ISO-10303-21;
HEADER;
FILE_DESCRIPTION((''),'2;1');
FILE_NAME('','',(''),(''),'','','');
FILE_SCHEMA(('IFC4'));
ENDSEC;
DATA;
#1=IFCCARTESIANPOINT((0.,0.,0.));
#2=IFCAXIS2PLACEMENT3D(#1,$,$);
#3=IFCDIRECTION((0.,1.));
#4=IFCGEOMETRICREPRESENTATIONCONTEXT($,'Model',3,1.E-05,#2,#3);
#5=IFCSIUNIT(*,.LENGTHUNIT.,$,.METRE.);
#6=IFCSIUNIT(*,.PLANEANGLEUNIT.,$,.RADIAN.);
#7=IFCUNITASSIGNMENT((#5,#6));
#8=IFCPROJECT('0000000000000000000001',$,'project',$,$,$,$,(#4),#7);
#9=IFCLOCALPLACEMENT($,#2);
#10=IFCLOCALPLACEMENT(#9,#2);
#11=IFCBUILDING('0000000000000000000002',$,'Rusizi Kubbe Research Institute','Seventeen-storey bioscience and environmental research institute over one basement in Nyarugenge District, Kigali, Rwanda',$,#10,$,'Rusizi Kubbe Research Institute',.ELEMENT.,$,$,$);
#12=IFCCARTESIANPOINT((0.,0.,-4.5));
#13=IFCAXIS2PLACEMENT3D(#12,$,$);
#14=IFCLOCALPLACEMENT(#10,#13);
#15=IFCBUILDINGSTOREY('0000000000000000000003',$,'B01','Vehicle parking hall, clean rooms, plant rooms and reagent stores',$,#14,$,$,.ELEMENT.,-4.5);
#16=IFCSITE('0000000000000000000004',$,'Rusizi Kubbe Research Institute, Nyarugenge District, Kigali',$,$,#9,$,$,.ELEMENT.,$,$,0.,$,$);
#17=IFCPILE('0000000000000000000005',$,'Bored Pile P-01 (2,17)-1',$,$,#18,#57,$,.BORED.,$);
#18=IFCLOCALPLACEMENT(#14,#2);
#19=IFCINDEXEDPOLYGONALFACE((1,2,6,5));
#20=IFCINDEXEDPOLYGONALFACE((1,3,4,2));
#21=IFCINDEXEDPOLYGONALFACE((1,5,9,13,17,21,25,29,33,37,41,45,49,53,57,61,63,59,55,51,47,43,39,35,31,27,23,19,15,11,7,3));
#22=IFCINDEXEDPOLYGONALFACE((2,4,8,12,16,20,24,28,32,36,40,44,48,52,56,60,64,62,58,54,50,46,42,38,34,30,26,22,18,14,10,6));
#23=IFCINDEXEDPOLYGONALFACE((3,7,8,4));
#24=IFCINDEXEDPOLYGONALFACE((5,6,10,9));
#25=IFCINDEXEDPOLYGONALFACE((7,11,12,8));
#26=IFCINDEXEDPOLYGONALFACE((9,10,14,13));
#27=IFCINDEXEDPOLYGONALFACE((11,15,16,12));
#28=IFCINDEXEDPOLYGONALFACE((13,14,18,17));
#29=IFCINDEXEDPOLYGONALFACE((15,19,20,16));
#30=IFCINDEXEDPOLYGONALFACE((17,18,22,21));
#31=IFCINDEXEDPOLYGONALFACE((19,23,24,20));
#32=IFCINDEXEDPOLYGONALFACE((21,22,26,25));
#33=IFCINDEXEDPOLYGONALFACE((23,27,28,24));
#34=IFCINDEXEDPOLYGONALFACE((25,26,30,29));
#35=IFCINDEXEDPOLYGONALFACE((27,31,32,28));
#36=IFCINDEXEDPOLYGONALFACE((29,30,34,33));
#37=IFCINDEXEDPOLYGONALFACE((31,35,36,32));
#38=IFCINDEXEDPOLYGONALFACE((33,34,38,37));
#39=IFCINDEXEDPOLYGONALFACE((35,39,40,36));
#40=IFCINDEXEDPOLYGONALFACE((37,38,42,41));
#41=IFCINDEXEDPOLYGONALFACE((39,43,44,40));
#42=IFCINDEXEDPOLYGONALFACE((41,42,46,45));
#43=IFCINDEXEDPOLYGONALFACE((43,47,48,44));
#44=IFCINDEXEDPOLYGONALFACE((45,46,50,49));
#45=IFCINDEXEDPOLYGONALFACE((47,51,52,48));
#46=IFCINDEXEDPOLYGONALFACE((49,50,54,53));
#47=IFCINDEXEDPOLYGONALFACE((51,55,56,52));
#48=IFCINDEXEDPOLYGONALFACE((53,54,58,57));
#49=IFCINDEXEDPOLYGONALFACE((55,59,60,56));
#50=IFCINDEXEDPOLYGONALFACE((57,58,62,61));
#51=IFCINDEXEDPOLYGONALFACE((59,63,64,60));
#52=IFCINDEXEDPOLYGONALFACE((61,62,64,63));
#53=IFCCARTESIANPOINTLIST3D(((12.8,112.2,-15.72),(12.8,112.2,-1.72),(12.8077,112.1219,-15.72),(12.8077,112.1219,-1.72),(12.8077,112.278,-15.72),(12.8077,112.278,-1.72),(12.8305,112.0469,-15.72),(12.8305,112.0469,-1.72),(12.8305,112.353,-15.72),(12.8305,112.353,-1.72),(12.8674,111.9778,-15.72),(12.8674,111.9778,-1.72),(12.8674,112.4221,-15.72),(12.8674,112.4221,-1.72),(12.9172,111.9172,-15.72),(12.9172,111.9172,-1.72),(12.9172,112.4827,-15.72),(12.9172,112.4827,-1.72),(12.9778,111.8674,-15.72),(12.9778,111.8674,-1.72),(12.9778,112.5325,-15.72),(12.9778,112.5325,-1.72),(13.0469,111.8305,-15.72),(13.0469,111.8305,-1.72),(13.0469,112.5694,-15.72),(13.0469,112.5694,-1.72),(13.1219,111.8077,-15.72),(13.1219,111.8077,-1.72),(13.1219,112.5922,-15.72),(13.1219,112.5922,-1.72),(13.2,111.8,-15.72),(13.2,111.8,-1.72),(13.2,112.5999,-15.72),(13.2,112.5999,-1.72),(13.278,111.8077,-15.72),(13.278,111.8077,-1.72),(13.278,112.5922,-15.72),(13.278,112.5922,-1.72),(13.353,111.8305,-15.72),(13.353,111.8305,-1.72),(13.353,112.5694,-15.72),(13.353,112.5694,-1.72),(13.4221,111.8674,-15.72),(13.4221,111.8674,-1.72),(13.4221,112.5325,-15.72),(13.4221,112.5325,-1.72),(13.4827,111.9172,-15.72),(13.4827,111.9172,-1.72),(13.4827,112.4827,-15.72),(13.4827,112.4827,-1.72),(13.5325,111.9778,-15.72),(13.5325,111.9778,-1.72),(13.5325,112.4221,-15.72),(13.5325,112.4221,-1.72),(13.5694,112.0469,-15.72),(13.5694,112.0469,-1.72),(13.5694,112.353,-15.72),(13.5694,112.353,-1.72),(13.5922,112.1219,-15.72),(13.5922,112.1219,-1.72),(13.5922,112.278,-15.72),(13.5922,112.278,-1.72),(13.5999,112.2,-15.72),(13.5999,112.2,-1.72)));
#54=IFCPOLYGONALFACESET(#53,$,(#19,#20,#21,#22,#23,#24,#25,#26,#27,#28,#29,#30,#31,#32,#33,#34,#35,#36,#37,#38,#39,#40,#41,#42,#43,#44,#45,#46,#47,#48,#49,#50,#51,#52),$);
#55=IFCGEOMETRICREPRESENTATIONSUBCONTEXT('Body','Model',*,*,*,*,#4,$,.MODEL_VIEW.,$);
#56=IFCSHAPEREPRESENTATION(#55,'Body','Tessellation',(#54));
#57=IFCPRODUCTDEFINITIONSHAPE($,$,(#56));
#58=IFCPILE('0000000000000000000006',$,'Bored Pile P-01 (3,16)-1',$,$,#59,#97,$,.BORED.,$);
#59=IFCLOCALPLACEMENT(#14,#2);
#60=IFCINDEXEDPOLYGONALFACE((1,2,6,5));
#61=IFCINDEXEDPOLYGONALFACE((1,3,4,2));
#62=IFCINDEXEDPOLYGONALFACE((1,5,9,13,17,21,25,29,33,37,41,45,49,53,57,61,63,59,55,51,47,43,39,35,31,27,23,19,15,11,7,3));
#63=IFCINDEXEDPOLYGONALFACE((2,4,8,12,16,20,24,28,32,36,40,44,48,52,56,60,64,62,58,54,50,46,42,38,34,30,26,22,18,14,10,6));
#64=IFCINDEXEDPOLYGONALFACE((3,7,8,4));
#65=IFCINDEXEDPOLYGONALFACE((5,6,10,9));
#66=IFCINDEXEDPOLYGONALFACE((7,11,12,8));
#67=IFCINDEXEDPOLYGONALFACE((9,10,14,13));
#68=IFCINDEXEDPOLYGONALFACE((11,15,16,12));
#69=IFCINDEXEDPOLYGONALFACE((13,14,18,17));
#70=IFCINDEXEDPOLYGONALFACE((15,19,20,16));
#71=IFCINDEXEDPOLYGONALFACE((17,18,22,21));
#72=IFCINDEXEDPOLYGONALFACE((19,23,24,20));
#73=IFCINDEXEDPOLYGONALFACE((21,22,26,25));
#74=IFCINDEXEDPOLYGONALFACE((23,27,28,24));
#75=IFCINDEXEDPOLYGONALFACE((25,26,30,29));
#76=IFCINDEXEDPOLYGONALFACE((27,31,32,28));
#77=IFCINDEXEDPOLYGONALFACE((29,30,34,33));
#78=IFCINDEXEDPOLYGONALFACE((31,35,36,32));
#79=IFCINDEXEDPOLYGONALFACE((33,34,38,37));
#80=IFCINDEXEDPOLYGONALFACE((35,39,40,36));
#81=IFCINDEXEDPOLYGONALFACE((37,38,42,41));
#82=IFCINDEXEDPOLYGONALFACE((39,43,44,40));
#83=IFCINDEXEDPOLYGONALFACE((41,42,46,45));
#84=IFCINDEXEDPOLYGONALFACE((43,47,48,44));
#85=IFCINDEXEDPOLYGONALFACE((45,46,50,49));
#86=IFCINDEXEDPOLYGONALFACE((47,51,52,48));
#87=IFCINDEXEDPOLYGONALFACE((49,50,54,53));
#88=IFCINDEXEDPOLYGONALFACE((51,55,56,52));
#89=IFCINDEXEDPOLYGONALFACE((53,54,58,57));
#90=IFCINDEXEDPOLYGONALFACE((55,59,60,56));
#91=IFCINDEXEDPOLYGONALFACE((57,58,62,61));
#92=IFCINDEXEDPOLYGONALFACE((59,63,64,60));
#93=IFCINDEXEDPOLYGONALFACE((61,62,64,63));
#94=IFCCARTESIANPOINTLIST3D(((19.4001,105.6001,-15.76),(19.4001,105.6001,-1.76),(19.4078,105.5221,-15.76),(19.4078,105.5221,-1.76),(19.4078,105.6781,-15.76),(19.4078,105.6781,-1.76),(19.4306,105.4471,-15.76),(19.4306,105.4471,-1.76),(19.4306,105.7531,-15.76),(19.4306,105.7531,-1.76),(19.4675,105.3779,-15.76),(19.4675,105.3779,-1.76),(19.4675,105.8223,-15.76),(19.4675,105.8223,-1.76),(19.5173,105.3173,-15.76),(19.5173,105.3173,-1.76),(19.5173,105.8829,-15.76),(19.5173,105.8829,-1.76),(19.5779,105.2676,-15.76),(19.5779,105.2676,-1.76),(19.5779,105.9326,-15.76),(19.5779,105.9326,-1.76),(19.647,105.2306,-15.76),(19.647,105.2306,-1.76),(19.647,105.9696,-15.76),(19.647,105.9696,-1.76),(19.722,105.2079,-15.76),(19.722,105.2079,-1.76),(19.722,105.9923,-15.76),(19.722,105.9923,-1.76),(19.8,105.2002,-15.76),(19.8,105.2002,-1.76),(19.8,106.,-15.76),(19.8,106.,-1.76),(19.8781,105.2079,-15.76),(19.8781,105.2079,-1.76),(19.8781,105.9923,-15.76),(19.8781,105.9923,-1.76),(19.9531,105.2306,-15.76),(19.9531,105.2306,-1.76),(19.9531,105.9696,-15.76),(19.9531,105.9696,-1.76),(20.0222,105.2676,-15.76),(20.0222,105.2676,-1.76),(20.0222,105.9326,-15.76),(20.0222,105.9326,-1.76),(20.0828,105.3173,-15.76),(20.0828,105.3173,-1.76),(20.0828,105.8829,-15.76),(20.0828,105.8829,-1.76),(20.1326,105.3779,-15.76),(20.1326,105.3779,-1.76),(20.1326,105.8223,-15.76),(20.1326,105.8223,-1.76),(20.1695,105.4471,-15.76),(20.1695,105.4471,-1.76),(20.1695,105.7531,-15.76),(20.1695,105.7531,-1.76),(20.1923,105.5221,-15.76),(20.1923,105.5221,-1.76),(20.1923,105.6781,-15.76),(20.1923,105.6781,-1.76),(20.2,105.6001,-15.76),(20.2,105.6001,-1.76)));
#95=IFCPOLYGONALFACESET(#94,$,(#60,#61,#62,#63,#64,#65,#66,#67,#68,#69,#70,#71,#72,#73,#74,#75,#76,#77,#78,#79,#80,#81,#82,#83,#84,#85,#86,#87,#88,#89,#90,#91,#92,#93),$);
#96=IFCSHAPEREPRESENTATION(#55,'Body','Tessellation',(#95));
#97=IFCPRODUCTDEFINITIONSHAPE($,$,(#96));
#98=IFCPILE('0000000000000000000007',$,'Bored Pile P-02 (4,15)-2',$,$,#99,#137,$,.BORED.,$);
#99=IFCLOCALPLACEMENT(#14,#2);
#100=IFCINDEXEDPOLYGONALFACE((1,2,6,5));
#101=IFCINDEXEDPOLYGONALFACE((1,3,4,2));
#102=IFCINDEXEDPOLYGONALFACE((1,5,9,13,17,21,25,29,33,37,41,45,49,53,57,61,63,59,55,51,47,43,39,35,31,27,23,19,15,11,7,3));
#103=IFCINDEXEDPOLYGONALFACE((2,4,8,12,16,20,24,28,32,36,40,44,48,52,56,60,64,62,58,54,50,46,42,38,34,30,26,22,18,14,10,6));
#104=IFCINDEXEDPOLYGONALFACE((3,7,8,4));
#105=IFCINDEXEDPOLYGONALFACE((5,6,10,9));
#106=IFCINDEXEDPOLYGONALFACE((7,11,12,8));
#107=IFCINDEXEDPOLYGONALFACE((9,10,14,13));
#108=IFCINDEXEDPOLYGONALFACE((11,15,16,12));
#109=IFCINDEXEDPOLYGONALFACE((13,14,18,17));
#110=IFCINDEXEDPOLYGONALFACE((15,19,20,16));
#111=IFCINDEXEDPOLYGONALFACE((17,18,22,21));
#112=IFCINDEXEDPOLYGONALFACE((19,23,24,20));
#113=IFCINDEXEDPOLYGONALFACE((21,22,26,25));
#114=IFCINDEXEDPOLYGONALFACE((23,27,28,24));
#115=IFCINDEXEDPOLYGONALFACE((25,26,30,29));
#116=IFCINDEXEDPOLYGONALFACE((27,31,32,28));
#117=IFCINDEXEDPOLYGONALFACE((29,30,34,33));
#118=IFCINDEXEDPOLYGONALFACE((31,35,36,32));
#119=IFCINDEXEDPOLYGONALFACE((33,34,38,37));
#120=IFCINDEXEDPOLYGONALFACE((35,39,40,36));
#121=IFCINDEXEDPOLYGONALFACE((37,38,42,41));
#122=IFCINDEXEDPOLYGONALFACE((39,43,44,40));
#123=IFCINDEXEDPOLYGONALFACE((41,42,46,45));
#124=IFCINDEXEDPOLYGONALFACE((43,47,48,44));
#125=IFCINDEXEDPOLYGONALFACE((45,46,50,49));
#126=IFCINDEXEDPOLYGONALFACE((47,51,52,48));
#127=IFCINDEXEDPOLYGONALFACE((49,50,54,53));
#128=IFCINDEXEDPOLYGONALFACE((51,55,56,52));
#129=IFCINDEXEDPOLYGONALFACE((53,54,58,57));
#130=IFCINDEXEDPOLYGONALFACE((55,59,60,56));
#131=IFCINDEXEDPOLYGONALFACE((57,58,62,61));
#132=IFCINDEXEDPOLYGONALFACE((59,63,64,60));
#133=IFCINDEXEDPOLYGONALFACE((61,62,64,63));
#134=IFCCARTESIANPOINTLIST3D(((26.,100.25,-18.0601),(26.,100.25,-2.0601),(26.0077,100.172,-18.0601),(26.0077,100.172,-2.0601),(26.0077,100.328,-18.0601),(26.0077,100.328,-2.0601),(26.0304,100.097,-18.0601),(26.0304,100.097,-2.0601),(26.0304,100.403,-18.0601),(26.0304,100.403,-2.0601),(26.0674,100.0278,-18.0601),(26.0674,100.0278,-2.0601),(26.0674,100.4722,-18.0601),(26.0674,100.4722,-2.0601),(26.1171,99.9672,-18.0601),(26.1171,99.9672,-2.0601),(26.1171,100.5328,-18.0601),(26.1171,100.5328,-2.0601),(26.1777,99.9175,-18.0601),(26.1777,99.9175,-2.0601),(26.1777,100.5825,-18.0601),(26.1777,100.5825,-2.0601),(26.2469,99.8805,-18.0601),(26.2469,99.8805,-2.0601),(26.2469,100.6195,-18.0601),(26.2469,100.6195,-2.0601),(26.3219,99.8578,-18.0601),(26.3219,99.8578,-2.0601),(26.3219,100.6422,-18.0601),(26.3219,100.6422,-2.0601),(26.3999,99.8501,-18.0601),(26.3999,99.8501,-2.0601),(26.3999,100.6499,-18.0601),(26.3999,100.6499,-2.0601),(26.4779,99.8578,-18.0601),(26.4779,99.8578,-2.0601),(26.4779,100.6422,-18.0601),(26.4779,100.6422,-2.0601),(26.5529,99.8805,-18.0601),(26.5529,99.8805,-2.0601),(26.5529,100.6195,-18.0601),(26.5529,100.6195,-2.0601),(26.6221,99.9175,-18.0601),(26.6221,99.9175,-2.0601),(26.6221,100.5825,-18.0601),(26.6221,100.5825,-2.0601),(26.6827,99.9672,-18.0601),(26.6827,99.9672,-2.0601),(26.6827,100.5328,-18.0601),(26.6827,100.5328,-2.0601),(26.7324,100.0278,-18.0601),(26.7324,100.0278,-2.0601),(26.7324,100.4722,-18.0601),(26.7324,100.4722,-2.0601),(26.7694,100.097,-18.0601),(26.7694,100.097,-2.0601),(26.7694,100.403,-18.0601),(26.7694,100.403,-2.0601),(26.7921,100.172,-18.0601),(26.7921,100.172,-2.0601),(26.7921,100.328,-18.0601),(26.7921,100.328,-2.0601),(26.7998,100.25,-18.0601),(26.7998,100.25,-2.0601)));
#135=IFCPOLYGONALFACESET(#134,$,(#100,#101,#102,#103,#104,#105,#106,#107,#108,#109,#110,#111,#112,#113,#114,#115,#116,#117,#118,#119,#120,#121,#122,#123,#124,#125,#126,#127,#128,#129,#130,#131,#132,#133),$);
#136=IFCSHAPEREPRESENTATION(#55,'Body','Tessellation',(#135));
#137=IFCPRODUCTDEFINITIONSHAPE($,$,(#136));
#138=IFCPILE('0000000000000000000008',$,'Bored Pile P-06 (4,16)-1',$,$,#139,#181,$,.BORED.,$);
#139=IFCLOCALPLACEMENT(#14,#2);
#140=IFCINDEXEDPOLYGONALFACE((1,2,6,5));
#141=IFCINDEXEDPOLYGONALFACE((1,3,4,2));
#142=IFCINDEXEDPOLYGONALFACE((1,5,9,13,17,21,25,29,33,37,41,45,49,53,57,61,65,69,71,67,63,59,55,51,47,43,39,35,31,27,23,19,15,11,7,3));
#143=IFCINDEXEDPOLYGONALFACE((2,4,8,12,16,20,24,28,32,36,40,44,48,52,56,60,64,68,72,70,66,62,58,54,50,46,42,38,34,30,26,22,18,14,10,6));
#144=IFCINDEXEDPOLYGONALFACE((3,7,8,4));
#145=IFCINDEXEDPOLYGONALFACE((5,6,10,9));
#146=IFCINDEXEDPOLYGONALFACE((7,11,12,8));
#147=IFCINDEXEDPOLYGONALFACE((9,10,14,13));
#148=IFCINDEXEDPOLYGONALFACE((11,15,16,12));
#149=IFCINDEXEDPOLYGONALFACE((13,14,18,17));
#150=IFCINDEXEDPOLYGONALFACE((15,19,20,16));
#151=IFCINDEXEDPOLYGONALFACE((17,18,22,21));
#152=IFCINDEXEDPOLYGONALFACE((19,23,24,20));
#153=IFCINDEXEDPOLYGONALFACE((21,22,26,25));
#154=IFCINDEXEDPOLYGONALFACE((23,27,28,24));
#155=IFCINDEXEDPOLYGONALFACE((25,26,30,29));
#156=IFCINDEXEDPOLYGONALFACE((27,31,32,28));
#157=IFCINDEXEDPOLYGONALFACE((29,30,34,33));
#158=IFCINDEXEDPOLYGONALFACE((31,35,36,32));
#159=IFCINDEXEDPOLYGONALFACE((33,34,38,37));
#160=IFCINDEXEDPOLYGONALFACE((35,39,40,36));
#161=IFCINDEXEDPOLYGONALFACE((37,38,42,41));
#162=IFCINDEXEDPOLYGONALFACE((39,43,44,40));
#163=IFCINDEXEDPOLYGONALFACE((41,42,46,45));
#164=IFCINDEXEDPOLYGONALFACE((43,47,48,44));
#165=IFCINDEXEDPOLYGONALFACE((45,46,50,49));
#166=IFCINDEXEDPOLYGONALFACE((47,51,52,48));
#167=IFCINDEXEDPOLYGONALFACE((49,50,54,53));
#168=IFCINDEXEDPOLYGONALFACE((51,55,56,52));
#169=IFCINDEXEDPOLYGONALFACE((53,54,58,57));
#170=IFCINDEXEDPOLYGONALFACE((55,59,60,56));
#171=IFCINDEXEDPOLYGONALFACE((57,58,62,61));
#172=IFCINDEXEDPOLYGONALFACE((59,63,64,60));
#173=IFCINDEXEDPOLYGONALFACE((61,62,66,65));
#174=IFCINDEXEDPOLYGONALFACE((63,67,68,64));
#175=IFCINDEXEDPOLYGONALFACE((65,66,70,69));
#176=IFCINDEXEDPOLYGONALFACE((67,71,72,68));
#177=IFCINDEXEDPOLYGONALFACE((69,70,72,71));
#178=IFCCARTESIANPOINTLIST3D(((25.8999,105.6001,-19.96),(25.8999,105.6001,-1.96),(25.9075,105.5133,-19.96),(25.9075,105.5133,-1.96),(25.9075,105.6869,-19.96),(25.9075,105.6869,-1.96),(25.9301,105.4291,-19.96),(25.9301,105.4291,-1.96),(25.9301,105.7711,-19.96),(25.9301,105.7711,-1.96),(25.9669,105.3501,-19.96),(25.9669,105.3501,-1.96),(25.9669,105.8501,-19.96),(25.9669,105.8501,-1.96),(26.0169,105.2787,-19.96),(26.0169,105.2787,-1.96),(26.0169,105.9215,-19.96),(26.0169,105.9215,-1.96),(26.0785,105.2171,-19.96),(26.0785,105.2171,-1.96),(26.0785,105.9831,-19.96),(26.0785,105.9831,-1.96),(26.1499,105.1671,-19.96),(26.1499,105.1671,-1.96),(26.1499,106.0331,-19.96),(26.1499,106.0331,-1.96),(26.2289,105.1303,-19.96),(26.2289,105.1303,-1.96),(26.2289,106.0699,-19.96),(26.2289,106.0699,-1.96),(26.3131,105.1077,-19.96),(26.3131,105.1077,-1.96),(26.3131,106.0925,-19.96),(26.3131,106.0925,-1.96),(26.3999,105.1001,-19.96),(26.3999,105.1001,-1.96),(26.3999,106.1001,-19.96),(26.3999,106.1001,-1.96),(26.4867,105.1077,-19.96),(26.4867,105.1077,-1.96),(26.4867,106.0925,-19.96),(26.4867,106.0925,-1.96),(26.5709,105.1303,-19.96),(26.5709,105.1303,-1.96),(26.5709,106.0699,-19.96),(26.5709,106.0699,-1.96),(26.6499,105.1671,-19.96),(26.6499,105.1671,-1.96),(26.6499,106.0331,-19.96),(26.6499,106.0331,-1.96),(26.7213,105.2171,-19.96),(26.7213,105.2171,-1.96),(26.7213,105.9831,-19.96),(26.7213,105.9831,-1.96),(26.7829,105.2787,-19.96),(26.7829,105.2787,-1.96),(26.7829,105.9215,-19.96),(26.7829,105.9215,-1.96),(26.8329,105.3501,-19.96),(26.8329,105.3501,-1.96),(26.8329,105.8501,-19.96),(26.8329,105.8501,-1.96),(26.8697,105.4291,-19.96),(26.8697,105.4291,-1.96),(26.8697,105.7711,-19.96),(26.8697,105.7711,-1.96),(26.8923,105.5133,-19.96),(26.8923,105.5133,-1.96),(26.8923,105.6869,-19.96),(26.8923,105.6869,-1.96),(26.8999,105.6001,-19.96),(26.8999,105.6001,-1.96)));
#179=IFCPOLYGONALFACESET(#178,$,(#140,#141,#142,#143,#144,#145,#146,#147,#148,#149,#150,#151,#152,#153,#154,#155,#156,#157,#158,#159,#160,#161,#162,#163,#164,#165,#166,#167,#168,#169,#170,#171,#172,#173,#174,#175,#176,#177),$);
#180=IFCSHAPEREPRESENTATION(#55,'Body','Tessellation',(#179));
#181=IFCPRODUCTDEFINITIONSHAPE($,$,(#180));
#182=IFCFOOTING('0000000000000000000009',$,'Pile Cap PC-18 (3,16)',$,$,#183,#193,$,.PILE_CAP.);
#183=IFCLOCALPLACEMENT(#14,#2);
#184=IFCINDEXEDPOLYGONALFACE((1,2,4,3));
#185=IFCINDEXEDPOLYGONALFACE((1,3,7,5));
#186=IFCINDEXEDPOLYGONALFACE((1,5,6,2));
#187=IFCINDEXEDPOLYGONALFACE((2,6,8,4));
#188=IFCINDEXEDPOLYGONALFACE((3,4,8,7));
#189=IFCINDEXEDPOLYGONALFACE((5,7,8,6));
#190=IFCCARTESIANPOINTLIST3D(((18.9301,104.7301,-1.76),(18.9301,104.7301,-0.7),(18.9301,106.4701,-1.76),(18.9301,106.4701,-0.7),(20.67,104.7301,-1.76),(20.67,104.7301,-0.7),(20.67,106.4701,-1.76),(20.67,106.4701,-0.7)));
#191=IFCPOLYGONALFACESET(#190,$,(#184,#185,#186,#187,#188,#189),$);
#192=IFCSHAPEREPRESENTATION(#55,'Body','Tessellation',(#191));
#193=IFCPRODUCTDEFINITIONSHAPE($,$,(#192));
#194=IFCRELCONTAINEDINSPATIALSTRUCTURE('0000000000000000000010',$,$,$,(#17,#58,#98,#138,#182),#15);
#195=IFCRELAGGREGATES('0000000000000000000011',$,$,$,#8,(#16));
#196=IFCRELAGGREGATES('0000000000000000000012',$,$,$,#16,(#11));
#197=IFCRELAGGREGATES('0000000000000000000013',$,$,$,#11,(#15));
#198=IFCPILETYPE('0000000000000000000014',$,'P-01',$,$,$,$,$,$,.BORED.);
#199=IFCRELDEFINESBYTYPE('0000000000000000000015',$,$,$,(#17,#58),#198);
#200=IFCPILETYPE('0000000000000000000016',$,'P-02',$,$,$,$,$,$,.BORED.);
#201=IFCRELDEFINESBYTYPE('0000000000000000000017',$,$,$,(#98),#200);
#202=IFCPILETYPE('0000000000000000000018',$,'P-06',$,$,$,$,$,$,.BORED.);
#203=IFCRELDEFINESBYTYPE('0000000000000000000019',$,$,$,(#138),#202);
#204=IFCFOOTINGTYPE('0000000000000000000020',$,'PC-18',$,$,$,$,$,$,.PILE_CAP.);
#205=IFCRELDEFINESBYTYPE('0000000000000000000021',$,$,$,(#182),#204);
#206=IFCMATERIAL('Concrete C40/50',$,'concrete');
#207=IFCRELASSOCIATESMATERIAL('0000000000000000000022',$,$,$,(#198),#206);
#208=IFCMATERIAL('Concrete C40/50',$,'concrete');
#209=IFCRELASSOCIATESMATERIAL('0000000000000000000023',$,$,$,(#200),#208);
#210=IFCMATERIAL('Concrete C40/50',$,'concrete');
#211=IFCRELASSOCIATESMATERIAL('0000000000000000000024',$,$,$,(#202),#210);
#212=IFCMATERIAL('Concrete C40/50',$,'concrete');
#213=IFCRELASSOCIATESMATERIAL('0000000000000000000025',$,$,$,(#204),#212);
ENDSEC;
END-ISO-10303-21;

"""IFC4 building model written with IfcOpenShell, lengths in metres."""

from ifc_helpers import new_model, si_unit, direction, frame, origin, origin_2d, place, context, subcontext, project, spatial, rectangle, circle, extrude, material, material_profile, profile_set, type_object, element, save


model = new_model("IFC4")

# Units and contexts
model_context = context("Model", 3, precision=1e-05, world=origin(), true_north=direction((0.0, 1.0)))
body_context = subcontext(model_context, "Body", "Model", "MODEL_VIEW")
ifc_project = project(units=[si_unit("LENGTHUNIT", "METRE"), si_unit("PLANEANGLEUNIT", "RADIAN")], contexts=[model_context])

# Site, building, storey
site_placement = place(None, origin())
site = spatial("IfcSite", under=ifc_project, at=site_placement, Name="Rusizi Kubbe Research Institute, Nyarugenge District, Kigali", CompositionType="ELEMENT", RefElevation=0.0)
building_placement = place(site_placement, origin())
building = spatial("IfcBuilding", under=site, at=building_placement, Name="Rusizi Kubbe Research Institute", Description="Seventeen-storey bioscience and environmental research institute over one basement in Nyarugenge District, Kigali, Rwanda", LongName="Rusizi Kubbe Research Institute", CompositionType="ELEMENT")
storey_placement = place(building_placement, frame((0.0, 0.0, -4.5)))
storey = spatial("IfcBuildingStorey", under=building, at=storey_placement, Name="B01", Description="Vehicle parking hall, clean rooms, plant rooms and reagent stores", CompositionType="ELEMENT", Elevation=-4.5)

# Piles
ifc_material_1 = material(Name="Concrete C40/50", Category="concrete")
ifc_material_profile_1 = material_profile(ifc_material_1, circle(Radius=0.3999, at=origin_2d()), Name="PILE-D800")
ifc_profile_set_1 = profile_set([ifc_material_profile_1], Name="Concrete C40/50")
pile_type_1 = type_object("IfcPileType", Name="P-01", PredefinedType="BORED", material=ifc_profile_set_1)
for number, where, z_axis, x_axis, name in (
    (1, (13.2, 112.2, -1.72), (0.0, 0.0, -1.0), (1.0, 0.0, 0.0), "Bored Pile P-01 (2,17)-1"),
    (2, (19.8, 105.6001, -1.76), (0.0, 0.0, -1.0), (1.0, 0.0, 0.0), "Bored Pile P-01 (3,16)-1"),
):
    element("IfcPile", number, at=place(storey_placement, frame(where, z_axis=z_axis, x_axis=x_axis)), inside=storey, type_object=pile_type_1, Name=name, PredefinedType="BORED", context=body_context, shape_type="SweptSolid", body=[
        extrude(circle(Radius=0.3999, at=origin_2d()), origin(), (0.0, 0.0, 1.0), 14.0),
    ])
ifc_material_2 = material(Name="Concrete C40/50", Category="concrete")
ifc_material_profile_2 = material_profile(ifc_material_2, circle(Radius=0.3999, at=origin_2d()), Name="PILE-D800")
ifc_profile_set_2 = profile_set([ifc_material_profile_2], Name="Concrete C40/50")
pile_type_2 = type_object("IfcPileType", Name="P-02", PredefinedType="BORED", material=ifc_profile_set_2)
pile_1_placement = place(storey_placement, frame((26.3999, 100.25, -2.0601), z_axis=(0.0, 0.0, -1.0), x_axis=(1.0, 0.0, 0.0)))
element("IfcPile", 3, at=pile_1_placement, inside=storey, type_object=pile_type_2, Name="Bored Pile P-02 (4,15)-2", PredefinedType="BORED", context=body_context, shape_type="SweptSolid", body=[
    extrude(circle(Radius=0.3999, at=origin_2d()), origin(), (0.0, 0.0, 1.0), 16.0),
])
ifc_material_3 = material(Name="Concrete C40/50", Category="concrete")
ifc_material_profile_3 = material_profile(ifc_material_3, circle(Radius=0.5, at=origin_2d()), Name="PILE-D1000")
ifc_profile_set_3 = profile_set([ifc_material_profile_3], Name="Concrete C40/50")
pile_type_3 = type_object("IfcPileType", Name="P-06", PredefinedType="BORED", material=ifc_profile_set_3)
pile_2_placement = place(storey_placement, frame((26.3999, 105.6001, -1.96), z_axis=(0.0, 0.0, -1.0), x_axis=(1.0, 0.0, 0.0)))
element("IfcPile", 4, at=pile_2_placement, inside=storey, type_object=pile_type_3, Name="Bored Pile P-06 (4,16)-1", PredefinedType="BORED", context=body_context, shape_type="SweptSolid", body=[
    extrude(circle(Radius=0.5, at=origin_2d()), origin(), (0.0, 0.0, 1.0), 18.0),
])

# Footing
ifc_material_4 = material(Name="Concrete C40/50", Category="concrete")
footing_type_1 = type_object("IfcFootingType", Name="PC-18", PredefinedType="PILE_CAP", material=ifc_material_4)
footing_1_placement = place(storey_placement, frame((19.8, 105.6001, -1.76), z_axis=(0.0, 0.0, 1.0), x_axis=(1.0, 0.0, 0.0)))
element("IfcFooting", 5, at=footing_1_placement, inside=storey, type_object=footing_type_1, Name="Pile Cap PC-18 (3,16)", PredefinedType="PILE_CAP", context=body_context, shape_type="SweptSolid", body=[
    extrude(rectangle(XDim=1.74, YDim=1.74, at=origin_2d()), origin(), (0.0, 0.0, 1.0), 1.0601),
])

save(model, "model.ifc")
